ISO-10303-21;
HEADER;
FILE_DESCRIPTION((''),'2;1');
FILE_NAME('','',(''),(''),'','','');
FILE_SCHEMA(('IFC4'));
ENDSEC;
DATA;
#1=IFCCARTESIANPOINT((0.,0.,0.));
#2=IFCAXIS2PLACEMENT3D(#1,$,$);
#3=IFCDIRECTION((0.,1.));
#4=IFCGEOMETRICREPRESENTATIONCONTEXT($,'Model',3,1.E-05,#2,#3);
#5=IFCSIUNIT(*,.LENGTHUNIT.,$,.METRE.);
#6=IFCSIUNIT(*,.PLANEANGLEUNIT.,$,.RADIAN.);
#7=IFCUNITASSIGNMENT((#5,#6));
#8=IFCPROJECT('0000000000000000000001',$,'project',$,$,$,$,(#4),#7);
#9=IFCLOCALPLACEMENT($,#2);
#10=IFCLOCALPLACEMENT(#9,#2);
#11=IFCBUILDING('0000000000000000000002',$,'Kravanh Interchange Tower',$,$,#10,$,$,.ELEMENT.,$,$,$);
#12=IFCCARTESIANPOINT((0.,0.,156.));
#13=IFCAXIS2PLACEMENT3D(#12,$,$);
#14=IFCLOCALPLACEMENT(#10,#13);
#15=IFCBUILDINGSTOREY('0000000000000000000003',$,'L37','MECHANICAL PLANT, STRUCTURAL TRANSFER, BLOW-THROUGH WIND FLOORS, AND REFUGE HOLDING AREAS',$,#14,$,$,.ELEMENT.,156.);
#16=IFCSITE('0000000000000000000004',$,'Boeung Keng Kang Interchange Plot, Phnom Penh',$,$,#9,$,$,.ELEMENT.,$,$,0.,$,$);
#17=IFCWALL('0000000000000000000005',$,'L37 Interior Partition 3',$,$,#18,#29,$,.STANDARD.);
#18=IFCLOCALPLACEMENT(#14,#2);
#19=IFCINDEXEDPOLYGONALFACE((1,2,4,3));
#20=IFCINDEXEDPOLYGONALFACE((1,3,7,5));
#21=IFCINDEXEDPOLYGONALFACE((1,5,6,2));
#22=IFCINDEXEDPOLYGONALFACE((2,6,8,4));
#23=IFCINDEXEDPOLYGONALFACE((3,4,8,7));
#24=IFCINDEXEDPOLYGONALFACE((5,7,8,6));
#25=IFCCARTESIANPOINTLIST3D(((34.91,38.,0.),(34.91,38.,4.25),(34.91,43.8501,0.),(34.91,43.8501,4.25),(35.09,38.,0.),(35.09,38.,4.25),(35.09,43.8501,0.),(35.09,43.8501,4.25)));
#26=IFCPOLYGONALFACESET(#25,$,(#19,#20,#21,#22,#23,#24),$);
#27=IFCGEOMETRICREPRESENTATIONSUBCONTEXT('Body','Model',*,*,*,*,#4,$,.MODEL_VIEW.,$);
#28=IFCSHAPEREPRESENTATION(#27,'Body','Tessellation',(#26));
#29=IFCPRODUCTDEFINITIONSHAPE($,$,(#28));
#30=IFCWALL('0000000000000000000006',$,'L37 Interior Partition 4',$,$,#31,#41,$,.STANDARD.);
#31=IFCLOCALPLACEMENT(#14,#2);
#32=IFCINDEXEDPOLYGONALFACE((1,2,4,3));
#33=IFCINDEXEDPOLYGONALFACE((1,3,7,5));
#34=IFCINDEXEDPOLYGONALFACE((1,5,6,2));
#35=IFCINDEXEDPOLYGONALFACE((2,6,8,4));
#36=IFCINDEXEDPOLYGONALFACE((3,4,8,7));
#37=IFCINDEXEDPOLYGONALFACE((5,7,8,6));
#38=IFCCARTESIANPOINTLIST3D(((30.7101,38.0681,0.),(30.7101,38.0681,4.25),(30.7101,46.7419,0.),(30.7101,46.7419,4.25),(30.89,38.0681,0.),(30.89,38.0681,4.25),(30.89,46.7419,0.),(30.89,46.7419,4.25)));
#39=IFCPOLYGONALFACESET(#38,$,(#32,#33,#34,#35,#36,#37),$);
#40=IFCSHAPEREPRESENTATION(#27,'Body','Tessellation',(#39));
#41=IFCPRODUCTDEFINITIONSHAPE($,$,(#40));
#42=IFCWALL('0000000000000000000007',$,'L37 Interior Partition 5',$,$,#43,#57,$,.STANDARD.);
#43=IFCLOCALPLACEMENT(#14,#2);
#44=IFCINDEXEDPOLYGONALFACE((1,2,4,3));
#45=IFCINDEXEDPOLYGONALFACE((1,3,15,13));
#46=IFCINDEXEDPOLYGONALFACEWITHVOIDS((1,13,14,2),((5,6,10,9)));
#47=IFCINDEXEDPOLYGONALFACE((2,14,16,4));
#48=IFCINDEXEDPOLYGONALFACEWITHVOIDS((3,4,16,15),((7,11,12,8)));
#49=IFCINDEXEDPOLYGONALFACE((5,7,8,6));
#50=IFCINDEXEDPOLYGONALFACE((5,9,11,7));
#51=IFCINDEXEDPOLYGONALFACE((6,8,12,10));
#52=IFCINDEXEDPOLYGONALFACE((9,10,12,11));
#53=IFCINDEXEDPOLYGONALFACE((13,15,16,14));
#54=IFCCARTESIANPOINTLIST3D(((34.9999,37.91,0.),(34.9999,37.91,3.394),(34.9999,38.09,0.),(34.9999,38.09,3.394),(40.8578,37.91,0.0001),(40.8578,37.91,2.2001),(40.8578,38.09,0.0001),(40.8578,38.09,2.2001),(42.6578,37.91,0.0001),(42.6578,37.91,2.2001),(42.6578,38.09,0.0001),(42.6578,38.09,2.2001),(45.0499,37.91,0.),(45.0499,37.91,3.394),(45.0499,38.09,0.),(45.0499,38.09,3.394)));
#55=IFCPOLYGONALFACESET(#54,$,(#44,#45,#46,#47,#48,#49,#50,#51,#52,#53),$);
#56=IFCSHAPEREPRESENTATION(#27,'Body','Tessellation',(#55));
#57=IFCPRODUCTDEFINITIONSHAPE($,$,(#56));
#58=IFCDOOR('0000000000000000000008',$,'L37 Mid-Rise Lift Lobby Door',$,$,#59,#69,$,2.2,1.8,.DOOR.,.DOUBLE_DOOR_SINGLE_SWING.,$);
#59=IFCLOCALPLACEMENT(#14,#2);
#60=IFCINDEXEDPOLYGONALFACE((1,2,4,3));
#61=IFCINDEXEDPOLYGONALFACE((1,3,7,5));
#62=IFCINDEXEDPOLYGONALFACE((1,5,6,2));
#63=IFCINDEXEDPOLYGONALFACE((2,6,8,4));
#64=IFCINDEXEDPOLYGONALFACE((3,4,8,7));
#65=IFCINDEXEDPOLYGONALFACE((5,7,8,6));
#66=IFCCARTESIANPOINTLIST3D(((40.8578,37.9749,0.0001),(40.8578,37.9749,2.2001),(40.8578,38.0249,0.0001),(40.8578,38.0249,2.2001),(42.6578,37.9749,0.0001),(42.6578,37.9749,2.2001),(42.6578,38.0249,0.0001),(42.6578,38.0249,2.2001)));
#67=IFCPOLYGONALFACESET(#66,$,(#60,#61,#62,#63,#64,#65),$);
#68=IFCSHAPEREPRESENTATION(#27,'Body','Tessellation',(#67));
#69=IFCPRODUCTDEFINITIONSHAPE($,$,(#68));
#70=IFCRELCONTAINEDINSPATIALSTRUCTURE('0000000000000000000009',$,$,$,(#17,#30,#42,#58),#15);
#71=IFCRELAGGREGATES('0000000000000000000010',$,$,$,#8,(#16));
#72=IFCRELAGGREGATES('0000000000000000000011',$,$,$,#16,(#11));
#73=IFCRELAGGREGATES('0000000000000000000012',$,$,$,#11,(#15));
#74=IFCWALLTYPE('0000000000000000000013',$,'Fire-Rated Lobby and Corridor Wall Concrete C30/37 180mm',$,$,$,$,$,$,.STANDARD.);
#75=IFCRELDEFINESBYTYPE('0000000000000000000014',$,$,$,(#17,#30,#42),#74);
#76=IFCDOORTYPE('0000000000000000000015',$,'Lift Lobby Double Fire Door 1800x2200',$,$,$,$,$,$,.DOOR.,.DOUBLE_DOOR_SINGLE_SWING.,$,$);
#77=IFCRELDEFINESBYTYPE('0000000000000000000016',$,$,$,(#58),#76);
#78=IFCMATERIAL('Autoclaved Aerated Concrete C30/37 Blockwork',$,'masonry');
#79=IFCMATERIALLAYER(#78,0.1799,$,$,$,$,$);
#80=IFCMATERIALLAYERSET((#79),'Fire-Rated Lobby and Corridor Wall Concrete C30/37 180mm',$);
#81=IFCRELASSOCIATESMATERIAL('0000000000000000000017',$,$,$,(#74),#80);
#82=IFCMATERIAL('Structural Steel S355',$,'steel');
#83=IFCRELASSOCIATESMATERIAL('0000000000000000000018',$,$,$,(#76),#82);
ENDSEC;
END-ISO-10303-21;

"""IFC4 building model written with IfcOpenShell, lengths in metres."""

from ifc_helpers import new_model, si_unit, direction, frame, frame_2d, origin, place, context, subcontext, project, spatial, rectangle, extrude, material, layer, layer_set, type_object, element, fill, save


model = new_model("IFC4")

# Units and contexts
model_context = context("Model", 3, precision=1e-05, world=origin(), true_north=direction((0.0, 1.0)))
body_context = subcontext(model_context, "Body", "Model", "MODEL_VIEW")
ifc_project = project(units=[si_unit("LENGTHUNIT", "METRE"), si_unit("PLANEANGLEUNIT", "RADIAN")], contexts=[model_context])

# Site, building, storey
site_placement = place(None, origin())
site = spatial("IfcSite", under=ifc_project, at=site_placement, Name="Boeung Keng Kang Interchange Plot, Phnom Penh", CompositionType="ELEMENT", RefElevation=0.0)
building_placement = place(site_placement, origin())
building = spatial("IfcBuilding", under=site, at=building_placement, Name="Kravanh Interchange Tower", CompositionType="ELEMENT")
storey_placement = place(building_placement, frame((0.0, 0.0, 156.0)))
storey = spatial("IfcBuildingStorey", under=building, at=storey_placement, Name="L37", Description="MECHANICAL PLANT, STRUCTURAL TRANSFER, BLOW-THROUGH WIND FLOORS, AND REFUGE HOLDING AREAS", CompositionType="ELEMENT", Elevation=156.0)

# Shared definitions
ifc_material_1 = material(Name="Autoclaved Aerated Concrete C30/37 Blockwork", Category="masonry")
ifc_layer_1 = layer(ifc_material_1, 0.1799)
ifc_layer_set_1 = layer_set([ifc_layer_1], Name="Fire-Rated Lobby and Corridor Wall Concrete C30/37 180mm")
wall_type_1 = type_object("IfcWallType", Name="Fire-Rated Lobby and Corridor Wall Concrete C30/37 180mm", PredefinedType="STANDARD", material=ifc_layer_set_1)

# Walls
wall_1_placement = place(storey_placement, frame((35.0, 38.0, 0.0), z_axis=(0.0, 0.0, 1.0), x_axis=(0.0, 1.0, 0.0)))
element("IfcWall", 1, at=wall_1_placement, inside=storey, type_object=wall_type_1, Name="L37 Interior Partition 3", PredefinedType="STANDARD", context=body_context, shape_type="SweptSolid", body=[
    extrude(rectangle(XDim=5.8501, YDim=0.1799, at=frame_2d((2.925, 0.0))), origin(), (0.0, 0.0, 1.0), 4.25),
])
wall_2_placement = place(storey_placement, frame((30.8, 38.0681, 0.0), z_axis=(0.0, 0.0, 1.0), x_axis=(0.0, 1.0, 0.0)))
element("IfcWall", 2, at=wall_2_placement, inside=storey, type_object=wall_type_1, Name="L37 Interior Partition 4", PredefinedType="STANDARD", context=body_context, shape_type="SweptSolid", body=[
    extrude(rectangle(XDim=8.6738, YDim=0.1799, at=frame_2d((4.3369, 0.0))), origin(), (0.0, 0.0, 1.0), 4.25),
])

# Wall, opening, door
wall_3_placement = place(storey_placement, frame((35.0, 38.0, 0.0), z_axis=(0.0, 0.0, 1.0), x_axis=(1.0, 0.0, 0.0)))
wall_3 = element("IfcWall", 3, at=wall_3_placement, inside=storey, type_object=wall_type_1, Name="L37 Interior Partition 5", PredefinedType="STANDARD", context=body_context, shape_type="SweptSolid", body=[
    extrude(rectangle(XDim=10.05, YDim=0.1799, at=frame_2d((5.0249, 0.0))), origin(), (0.0, 0.0, 1.0), 3.394),
])
opening_1_placement = place(wall_3_placement, frame((5.8579, 0.0, 0.0)))
opening_1 = element("IfcOpeningElement", 4, at=opening_1_placement, cuts=wall_3, PredefinedType="OPENING", context=body_context, shape_type="SweptSolid", body=[
    extrude(rectangle(XDim=1.8, YDim=2.2, at=frame_2d((0.8999, 1.1001))), frame((0.0, 0.1001, 0.0), z_axis=(0.0, -1.0, 0.0), x_axis=(1.0, 0.0, 0.0)), (0.0, 0.0, 1.0), 0.2),
])
ifc_material_2 = material(Name="Structural Steel S355", Category="steel")
door_type_1 = type_object("IfcDoorType", Name="Lift Lobby Double Fire Door 1800x2200", OperationType="DOUBLE_DOOR_SINGLE_SWING", PredefinedType="DOOR", material=ifc_material_2)
door_1_placement = place(opening_1_placement, origin())
door_1 = element("IfcDoor", 5, at=door_1_placement, inside=storey, type_object=door_type_1, Name="L37 Mid-Rise Lift Lobby Door", OperationType="DOUBLE_DOOR_SINGLE_SWING", OverallHeight=2.2, OverallWidth=1.8, PredefinedType="DOOR", context=body_context, shape_type="SweptSolid", body=[
    extrude(rectangle(XDim=1.8, YDim=2.2, at=frame_2d((0.8999, 1.1001))), frame((0.0, 0.0249, 0.0), z_axis=(0.0, -1.0, 0.0), x_axis=(1.0, 0.0, 0.0)), (0.0, 0.0, 1.0), 0.05),
])
fill(opening_1, door_1)

save(model, "model.ifc")
